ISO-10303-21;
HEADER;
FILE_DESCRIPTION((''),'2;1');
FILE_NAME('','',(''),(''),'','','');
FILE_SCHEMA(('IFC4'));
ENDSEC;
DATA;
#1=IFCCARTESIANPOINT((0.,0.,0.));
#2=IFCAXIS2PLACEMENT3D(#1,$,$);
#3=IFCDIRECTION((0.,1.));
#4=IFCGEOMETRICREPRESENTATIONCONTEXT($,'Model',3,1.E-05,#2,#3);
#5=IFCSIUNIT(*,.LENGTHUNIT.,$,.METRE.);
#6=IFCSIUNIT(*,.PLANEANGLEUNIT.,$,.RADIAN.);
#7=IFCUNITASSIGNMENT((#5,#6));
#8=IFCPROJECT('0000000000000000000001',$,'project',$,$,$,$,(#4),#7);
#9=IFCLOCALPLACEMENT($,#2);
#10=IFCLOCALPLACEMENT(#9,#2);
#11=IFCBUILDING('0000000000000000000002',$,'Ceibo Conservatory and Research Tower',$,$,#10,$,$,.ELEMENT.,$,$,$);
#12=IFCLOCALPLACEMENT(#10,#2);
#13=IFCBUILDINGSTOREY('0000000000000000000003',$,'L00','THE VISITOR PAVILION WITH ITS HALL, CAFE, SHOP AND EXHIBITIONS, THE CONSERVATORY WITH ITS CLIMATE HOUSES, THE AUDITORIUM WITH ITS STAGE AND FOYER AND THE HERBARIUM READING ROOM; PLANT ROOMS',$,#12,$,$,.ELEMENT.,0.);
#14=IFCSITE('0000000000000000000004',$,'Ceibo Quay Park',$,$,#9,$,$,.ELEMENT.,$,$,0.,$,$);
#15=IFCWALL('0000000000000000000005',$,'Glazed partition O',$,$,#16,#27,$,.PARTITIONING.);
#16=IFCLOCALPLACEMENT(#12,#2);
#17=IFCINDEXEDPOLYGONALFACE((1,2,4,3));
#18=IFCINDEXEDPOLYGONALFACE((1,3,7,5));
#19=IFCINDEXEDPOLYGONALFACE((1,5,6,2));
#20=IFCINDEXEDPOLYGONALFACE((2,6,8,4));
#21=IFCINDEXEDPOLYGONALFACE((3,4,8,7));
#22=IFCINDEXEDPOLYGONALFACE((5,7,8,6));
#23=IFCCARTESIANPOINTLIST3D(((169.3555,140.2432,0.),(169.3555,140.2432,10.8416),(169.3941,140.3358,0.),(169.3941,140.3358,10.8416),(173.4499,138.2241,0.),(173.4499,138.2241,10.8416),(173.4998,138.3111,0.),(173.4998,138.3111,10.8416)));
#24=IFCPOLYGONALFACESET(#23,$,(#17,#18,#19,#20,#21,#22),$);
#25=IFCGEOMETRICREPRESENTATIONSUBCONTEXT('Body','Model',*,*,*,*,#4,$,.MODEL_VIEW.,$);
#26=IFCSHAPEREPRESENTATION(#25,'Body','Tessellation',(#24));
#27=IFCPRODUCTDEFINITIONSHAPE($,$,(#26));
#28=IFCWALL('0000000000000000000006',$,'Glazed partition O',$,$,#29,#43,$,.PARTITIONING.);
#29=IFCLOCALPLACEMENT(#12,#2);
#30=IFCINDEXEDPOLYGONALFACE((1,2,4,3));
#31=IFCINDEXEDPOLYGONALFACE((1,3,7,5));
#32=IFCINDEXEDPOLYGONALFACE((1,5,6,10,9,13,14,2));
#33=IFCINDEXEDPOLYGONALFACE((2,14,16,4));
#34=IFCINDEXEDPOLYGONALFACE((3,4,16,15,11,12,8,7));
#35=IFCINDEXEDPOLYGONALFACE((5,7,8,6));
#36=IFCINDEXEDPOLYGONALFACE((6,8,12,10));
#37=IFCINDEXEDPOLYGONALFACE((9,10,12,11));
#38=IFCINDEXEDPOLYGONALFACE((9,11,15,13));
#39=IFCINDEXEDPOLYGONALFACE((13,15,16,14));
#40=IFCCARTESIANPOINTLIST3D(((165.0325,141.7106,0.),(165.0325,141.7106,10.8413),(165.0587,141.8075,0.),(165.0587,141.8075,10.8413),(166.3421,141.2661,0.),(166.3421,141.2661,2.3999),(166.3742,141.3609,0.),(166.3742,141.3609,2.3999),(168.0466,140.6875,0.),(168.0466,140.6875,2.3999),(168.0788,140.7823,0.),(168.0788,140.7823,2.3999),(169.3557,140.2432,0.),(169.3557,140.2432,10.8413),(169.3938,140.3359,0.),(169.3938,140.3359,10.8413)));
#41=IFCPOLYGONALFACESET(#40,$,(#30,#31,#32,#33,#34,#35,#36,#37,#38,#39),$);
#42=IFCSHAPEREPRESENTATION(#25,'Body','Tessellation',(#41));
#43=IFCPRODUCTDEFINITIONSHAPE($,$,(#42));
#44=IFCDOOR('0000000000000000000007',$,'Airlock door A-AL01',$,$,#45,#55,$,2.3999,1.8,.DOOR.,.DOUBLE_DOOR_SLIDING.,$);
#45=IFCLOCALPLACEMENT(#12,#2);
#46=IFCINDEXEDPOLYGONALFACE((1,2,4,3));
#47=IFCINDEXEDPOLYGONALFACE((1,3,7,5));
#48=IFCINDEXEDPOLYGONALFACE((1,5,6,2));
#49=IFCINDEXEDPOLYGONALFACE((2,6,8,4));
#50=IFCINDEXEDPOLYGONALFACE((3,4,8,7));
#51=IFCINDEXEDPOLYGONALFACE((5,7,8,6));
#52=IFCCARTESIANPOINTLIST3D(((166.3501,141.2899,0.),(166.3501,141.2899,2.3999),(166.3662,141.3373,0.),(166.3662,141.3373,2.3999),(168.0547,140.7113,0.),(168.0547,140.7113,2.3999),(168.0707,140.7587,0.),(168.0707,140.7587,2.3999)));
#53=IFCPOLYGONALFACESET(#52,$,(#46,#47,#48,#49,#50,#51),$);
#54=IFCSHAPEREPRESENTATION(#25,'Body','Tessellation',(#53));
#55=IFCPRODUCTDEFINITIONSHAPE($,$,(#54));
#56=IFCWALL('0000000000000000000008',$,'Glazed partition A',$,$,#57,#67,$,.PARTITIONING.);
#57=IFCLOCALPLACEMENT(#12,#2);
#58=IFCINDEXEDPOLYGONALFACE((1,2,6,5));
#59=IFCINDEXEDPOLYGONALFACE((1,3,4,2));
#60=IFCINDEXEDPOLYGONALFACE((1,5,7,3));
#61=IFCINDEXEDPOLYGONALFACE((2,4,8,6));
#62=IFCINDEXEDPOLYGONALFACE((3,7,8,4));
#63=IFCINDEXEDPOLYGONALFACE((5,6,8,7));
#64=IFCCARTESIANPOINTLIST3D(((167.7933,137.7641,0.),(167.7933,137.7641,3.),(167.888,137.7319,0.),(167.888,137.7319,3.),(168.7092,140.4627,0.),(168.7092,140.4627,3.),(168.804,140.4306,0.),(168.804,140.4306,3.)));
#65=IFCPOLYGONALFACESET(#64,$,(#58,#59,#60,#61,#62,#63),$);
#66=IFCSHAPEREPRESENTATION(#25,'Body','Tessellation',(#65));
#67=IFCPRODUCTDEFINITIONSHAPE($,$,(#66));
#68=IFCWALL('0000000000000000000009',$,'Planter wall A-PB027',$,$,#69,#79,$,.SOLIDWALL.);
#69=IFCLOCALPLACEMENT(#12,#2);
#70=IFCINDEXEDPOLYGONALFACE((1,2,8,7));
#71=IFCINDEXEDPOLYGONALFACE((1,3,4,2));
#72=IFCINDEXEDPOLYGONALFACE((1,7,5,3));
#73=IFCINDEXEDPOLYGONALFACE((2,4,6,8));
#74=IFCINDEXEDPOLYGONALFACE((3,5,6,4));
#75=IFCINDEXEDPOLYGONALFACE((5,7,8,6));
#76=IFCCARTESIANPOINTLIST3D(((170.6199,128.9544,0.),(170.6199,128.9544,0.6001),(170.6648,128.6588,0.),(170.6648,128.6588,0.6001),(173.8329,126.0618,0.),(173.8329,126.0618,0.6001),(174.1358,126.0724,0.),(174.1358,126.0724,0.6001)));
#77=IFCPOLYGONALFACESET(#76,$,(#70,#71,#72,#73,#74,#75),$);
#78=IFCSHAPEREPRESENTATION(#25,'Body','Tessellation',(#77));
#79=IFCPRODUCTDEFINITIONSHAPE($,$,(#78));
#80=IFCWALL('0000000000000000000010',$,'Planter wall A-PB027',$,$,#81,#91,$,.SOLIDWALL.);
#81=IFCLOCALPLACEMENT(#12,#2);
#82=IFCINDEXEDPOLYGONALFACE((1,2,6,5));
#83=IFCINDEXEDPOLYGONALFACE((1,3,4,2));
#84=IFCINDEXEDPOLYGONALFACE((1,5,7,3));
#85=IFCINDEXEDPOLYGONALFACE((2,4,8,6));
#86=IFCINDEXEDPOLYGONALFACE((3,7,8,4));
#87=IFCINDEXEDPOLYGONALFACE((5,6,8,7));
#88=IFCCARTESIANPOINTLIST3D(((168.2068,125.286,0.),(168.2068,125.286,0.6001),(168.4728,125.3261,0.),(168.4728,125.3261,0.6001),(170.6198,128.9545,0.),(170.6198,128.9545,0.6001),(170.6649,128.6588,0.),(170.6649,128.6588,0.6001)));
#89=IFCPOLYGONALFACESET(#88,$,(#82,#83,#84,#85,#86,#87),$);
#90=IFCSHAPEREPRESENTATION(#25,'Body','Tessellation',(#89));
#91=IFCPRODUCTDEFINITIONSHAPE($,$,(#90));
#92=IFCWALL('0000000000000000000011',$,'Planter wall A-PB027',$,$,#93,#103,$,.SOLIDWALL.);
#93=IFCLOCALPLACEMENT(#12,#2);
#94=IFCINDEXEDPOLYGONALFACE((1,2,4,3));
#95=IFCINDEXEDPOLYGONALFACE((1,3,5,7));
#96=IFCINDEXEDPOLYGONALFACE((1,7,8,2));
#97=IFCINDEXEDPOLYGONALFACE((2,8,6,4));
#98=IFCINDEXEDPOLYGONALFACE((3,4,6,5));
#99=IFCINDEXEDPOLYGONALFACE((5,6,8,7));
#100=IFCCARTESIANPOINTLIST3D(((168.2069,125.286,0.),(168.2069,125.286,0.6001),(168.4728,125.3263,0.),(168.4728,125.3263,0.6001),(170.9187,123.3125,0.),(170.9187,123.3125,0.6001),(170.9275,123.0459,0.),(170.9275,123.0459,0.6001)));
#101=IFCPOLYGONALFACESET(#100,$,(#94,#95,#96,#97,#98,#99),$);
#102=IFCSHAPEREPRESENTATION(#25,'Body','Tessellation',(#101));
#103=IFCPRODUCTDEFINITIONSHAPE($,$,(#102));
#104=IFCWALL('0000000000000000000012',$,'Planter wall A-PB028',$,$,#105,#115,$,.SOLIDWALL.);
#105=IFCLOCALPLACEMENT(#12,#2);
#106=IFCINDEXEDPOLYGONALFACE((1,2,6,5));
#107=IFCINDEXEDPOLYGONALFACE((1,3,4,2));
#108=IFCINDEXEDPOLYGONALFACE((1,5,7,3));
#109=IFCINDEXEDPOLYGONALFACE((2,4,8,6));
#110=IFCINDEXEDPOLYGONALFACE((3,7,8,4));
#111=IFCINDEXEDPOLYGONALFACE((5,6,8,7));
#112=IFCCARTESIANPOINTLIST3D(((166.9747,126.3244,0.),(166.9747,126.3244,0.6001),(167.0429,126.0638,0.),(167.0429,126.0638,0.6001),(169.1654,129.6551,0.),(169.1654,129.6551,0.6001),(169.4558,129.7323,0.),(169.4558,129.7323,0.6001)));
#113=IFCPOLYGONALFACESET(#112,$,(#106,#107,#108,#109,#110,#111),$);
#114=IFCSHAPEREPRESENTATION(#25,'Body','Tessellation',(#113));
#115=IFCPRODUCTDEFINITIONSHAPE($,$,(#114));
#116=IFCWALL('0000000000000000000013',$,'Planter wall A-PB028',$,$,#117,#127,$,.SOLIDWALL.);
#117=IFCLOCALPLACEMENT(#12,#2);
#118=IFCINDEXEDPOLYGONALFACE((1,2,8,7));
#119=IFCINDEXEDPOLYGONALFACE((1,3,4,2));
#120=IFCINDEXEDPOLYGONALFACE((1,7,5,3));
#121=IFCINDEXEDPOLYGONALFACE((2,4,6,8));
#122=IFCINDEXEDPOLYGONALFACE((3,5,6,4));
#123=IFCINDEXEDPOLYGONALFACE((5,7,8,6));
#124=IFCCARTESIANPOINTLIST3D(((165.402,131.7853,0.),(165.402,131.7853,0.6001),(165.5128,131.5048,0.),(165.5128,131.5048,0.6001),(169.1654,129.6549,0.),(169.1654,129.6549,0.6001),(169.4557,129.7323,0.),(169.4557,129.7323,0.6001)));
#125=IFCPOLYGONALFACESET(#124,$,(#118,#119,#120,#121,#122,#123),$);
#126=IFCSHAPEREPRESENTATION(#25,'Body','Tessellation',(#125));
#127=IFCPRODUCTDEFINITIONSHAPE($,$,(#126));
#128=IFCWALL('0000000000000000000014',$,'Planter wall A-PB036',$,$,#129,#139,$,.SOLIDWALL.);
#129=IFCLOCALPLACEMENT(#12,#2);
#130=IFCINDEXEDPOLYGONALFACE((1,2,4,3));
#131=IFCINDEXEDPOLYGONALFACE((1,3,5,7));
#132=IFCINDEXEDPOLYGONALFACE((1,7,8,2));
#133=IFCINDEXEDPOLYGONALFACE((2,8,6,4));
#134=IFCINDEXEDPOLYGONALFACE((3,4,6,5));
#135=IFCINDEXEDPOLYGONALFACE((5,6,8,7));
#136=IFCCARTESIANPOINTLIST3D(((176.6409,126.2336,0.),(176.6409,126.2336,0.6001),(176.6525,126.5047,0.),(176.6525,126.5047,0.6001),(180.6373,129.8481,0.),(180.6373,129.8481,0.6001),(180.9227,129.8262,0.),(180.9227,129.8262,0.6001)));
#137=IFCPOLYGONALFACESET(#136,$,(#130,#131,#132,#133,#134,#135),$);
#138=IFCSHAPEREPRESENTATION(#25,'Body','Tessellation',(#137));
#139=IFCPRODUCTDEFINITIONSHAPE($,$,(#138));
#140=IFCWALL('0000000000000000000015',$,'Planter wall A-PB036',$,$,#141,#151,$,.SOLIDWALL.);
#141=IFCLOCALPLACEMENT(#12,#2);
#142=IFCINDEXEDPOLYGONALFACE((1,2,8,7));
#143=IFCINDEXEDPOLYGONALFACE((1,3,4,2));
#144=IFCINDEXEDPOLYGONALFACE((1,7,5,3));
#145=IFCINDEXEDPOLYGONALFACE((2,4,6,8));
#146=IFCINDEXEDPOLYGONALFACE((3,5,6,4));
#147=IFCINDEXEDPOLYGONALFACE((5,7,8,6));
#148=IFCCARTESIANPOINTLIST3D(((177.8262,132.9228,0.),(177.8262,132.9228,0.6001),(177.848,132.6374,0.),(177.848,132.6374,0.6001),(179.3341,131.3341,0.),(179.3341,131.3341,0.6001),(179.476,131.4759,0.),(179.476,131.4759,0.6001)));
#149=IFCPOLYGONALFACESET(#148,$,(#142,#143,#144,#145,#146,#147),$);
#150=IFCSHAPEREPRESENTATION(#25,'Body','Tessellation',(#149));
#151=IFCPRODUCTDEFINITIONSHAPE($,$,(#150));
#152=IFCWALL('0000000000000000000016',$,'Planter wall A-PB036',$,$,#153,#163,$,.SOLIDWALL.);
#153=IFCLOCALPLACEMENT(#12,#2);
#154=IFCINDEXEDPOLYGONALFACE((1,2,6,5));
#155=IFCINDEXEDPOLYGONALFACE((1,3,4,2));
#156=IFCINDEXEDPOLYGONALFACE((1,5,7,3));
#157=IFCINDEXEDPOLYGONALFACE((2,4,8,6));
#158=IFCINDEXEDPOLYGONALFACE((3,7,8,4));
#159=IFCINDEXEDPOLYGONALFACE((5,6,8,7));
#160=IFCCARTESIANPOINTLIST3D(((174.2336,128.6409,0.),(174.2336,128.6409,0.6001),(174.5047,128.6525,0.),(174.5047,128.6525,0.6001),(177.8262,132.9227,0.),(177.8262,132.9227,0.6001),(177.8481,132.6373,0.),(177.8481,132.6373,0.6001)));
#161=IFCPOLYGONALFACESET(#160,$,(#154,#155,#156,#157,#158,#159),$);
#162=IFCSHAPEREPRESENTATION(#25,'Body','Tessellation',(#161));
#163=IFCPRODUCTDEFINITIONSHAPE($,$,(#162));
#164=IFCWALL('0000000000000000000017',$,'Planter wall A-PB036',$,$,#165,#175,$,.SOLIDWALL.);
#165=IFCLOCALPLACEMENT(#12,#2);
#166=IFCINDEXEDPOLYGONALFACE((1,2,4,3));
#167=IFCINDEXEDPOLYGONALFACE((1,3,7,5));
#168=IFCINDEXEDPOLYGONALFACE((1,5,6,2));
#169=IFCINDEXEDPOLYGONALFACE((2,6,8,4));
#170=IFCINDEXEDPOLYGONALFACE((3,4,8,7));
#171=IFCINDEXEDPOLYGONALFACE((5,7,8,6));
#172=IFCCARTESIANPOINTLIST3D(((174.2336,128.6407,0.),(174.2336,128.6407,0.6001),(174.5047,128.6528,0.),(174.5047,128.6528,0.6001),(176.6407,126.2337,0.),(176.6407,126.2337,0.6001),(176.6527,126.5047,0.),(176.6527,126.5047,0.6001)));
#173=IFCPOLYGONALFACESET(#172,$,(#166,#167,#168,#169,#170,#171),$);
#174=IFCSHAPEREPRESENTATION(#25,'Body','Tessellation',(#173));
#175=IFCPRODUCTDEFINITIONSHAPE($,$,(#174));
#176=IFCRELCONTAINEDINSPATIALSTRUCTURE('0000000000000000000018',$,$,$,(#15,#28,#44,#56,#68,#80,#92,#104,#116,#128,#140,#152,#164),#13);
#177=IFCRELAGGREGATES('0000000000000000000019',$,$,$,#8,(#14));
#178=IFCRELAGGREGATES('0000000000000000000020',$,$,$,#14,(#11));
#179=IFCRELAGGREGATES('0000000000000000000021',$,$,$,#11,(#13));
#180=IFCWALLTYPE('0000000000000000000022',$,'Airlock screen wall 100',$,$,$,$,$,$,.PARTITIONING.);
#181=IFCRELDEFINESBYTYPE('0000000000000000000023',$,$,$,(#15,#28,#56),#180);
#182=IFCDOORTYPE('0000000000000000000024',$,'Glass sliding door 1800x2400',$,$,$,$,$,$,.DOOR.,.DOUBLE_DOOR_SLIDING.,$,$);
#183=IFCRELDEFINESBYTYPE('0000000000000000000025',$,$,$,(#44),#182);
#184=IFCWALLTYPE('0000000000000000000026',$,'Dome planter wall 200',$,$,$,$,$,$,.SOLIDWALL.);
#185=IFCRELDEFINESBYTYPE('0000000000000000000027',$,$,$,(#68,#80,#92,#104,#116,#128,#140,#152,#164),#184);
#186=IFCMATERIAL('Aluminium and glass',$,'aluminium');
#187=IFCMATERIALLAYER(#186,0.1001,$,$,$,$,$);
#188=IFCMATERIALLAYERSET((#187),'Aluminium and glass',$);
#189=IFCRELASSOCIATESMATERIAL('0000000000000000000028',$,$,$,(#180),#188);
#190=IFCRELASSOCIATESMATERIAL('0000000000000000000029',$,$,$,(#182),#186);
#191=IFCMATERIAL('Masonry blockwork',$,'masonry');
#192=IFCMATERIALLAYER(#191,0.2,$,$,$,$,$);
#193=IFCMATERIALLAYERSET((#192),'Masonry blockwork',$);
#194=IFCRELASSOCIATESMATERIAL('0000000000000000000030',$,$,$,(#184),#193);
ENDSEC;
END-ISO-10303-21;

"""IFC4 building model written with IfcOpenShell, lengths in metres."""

from ifc_helpers import new_model, si_unit, direction, frame, frame_2d, origin, place, context, subcontext, project, spatial, polyline, rectangle, outline, extrude, material, layer, layer_set, type_object, element, fill, save


model = new_model("IFC4")

# Units and contexts
model_context = context("Model", 3, precision=1e-05, world=origin(), true_north=direction((0.0, 1.0)))
body_context = subcontext(model_context, "Body", "Model", "MODEL_VIEW")
ifc_project = project(units=[si_unit("LENGTHUNIT", "METRE"), si_unit("PLANEANGLEUNIT", "RADIAN")], contexts=[model_context])

# Site, building, storey
site_placement = place(None, origin())
site = spatial("IfcSite", under=ifc_project, at=site_placement, Name="Ceibo Quay Park", CompositionType="ELEMENT", RefElevation=0.0)
building_placement = place(site_placement, origin())
building = spatial("IfcBuilding", under=site, at=building_placement, Name="Ceibo Conservatory and Research Tower", CompositionType="ELEMENT")
storey_placement = place(building_placement, origin())
storey = spatial("IfcBuildingStorey", under=building, at=storey_placement, Name="L00", Description="THE VISITOR PAVILION WITH ITS HALL, CAFE, SHOP AND EXHIBITIONS, THE CONSERVATORY WITH ITS CLIMATE HOUSES, THE AUDITORIUM WITH ITS STAGE AND FOYER AND THE HERBARIUM READING ROOM; PLANT ROOMS", CompositionType="ELEMENT", Elevation=0.0)

# Shared definitions
ifc_material_1 = material(Name="Aluminium and glass", Category="aluminium")

# Wall
ifc_layer_1 = layer(ifc_material_1, 0.1001)
ifc_layer_set_1 = layer_set([ifc_layer_1], Name="Aluminium and glass")
wall_type_1 = type_object("IfcWallType", Name="Airlock screen wall 100", PredefinedType="PARTITIONING", material=ifc_layer_set_1)
wall_1_placement = place(storey_placement, frame((173.4749, 138.2676, 0.0), z_axis=(0.0, 0.0, 1.0), x_axis=(-0.89687, 0.442294, 0.0)))
element("IfcWall", 1, at=wall_1_placement, inside=storey, type_object=wall_type_1, Name="Glazed partition O", PredefinedType="PARTITIONING", context=body_context, shape_type="SweptSolid", body=[
    extrude(outline(polyline([(-0.0032, -0.05), (4.5747, -0.05), (4.5684, 0.05), (0.0032, 0.05), (-0.0032, -0.05)])), origin(), (0.0, 0.0, 1.0), 10.8416),
])

# Wall, opening, door
wall_2_placement = place(storey_placement, frame((169.3748, 140.2896, 0.0), z_axis=(0.0, 0.0, 1.0), x_axis=(-0.946933, 0.32143, 0.0)))
wall_2 = element("IfcWall", 2, at=wall_2_placement, inside=storey, type_object=wall_type_1, Name="Glazed partition O", PredefinedType="PARTITIONING", context=body_context, shape_type="SweptSolid", body=[
    extrude(outline(polyline([(-0.0032, -0.05), (4.575, -0.05), (4.5686, 0.05), (0.0032, 0.05), (-0.0032, -0.05)])), origin(), (0.0, 0.0, 1.0), 10.8413),
])
opening_1_placement = place(wall_2_placement, frame((1.3857, 0.0, 0.0)))
opening_1 = element("IfcOpeningElement", 3, at=opening_1_placement, cuts=wall_2, PredefinedType="OPENING", context=body_context, shape_type="SweptSolid", body=[
    extrude(rectangle(XDim=1.8, YDim=2.3999, at=frame_2d((0.8999, 1.2))), frame((0.0, 0.0601, 0.0), z_axis=(0.0, -1.0, 0.0), x_axis=(1.0, 0.0, 0.0)), (0.0, 0.0, 1.0), 0.1201),
])
door_type = type_object("IfcDoorType", Name="Glass sliding door 1800x2400", OperationType="DOUBLE_DOOR_SLIDING", PredefinedType="DOOR", material=ifc_material_1)
door_1_placement = place(opening_1_placement, origin())
door_1 = element("IfcDoor", 4, at=door_1_placement, inside=storey, type_object=door_type, Name="Airlock door A-AL01", OperationType="DOUBLE_DOOR_SLIDING", OverallHeight=2.3999, OverallWidth=1.8, PredefinedType="DOOR", context=body_context, shape_type="SweptSolid", body=[
    extrude(rectangle(XDim=1.8, YDim=2.3999, at=frame_2d((0.8999, 1.2))), frame((0.0, 0.0249, 0.0), z_axis=(0.0, -1.0, 0.0), x_axis=(1.0, 0.0, 0.0)), (0.0, 0.0, 1.0), 0.05),
])
fill(opening_1, door_1)

# Wall
wall_3_placement = place(storey_placement, frame((168.7566, 140.4465, 0.0), z_axis=(0.0, 0.0, 1.0), x_axis=(-0.321414, -0.946939, 0.0)))
element("IfcWall", 5, at=wall_3_placement, inside=storey, type_object=wall_type_1, Name="Glazed partition A", PredefinedType="PARTITIONING", context=body_context, shape_type="SweptSolid", body=[
    extrude(rectangle(XDim=2.8499, YDim=0.1001, at=frame_2d((1.4248, 0.0))), origin(), (0.0, 0.0, 1.0), 3.0),
])

# Walls
ifc_material_2 = material(Name="Masonry blockwork", Category="masonry")
ifc_layer_2 = layer(ifc_material_2, 0.2)
ifc_layer_set_2 = layer_set([ifc_layer_2], Name="Masonry blockwork")
wall_type_2 = type_object("IfcWallType", Name="Dome planter wall 200", PredefinedType="SOLIDWALL", material=ifc_layer_set_2)
wall_4_placement = place(storey_placement, frame((173.9844, 126.0671, 0.0), z_axis=(0.0, 0.0, 1.0), x_axis=(-0.773378, 0.633945, 0.0)))
element("IfcWall", 6, at=wall_4_placement, inside=storey, type_object=wall_type_2, Name="Planter wall A-PB027", PredefinedType="SOLIDWALL", context=body_context, shape_type="SweptSolid", body=[
    extrude(outline(polyline([(-0.1138, -0.1001), (4.4324, -0.1001), (4.2102, 0.1001), (0.1138, 0.1001), (-0.1138, -0.1001)])), origin(), (0.0, 0.0, 1.0), 0.6001),
])
wall_5_placement = place(storey_placement, frame((170.6423, 128.8066, 0.0), z_axis=(0.0, 0.0, 1.0), x_axis=(-0.549539, -0.835468, 0.0)))
element("IfcWall", 7, at=wall_5_placement, inside=storey, type_object=wall_type_2, Name="Planter wall A-PB027", PredefinedType="SOLIDWALL", context=body_context, shape_type="SweptSolid", body=[
    extrude(outline(polyline([(-0.1111, -0.1001), (4.2798, -0.1001), (4.1001, 0.1001), (0.1111, 0.1001), (-0.1111, -0.1001)])), origin(), (0.0, 0.0, 1.0), 0.6001),
])
wall_6_placement = place(storey_placement, frame((168.3398, 125.3062, 0.0), z_axis=(0.0, 0.0, 1.0), x_axis=(0.771993, -0.635631, 0.0)))
element("IfcWall", 8, at=wall_6_placement, inside=storey, type_object=wall_type_2, Name="Planter wall A-PB027", PredefinedType="SOLIDWALL", context=body_context, shape_type="SweptSolid", body=[
    extrude(outline(polyline([(-0.0898, -0.1001), (3.4343, -0.1001), (3.2581, 0.1001), (0.0898, 0.1001), (-0.0898, -0.1001)])), origin(), (0.0, 0.0, 1.0), 0.6001),
])
wall_7_placement = place(storey_placement, frame((167.0088, 126.1941, 0.0), z_axis=(0.0, 0.0, 1.0), x_axis=(0.549524, 0.835478, 0.0)))
element("IfcWall", 9, at=wall_7_placement, inside=storey, type_object=wall_type_2, Name="Planter wall A-PB028", PredefinedType="SOLIDWALL", context=body_context, shape_type="SweptSolid", body=[
    extrude(outline(polyline([(-0.0901, -0.1001), (4.3008, -0.1001), (4.0767, 0.1001), (0.0901, 0.1001), (-0.0901, -0.1001)])), origin(), (0.0, 0.0, 1.0), 0.6001),
])
wall_8_placement = place(storey_placement, frame((169.3105, 129.6936, 0.0), z_axis=(0.0, 0.0, 1.0), x_axis=(-0.892109, 0.45182, 0.0)))
element("IfcWall", 10, at=wall_8_placement, inside=storey, type_object=wall_type_2, Name="Planter wall A-PB028", PredefinedType="SOLIDWALL", context=body_context, shape_type="SweptSolid", body=[
    extrude(outline(polyline([(-0.1121, -0.1001), (4.4319, -0.1001), (4.2063, 0.1001), (0.1121, 0.1001), (-0.1121, -0.1001)])), origin(), (0.0, 0.0, 1.0), 0.6001),
])
wall_9_placement = place(storey_placement, frame((176.6467, 126.3691, 0.0), z_axis=(0.0, 0.0, 1.0), x_axis=(0.766066, 0.642762, 0.0)))
element("IfcWall", 11, at=wall_9_placement, inside=storey, type_object=wall_type_2, Name="Planter wall A-PB036", PredefinedType="SOLIDWALL", context=body_context, shape_type="SweptSolid", body=[
    extrude(outline(polyline([(-0.0916, -0.1001), (5.4978, -0.1001), (5.2932, 0.1001), (0.0916, 0.1001), (-0.0916, -0.1001)])), origin(), (0.0, 0.0, 1.0), 0.6001),
])
wall_10_placement = place(storey_placement, frame((179.405, 131.405, 0.0), z_axis=(0.0, 0.0, 1.0), x_axis=(-0.751836, 0.65935, 0.0)))
element("IfcWall", 12, at=wall_10_placement, inside=storey, type_object=wall_type_2, Name="Planter wall A-PB036", PredefinedType="SOLIDWALL", context=body_context, shape_type="SweptSolid", body=[
    extrude(outline(polyline([(-0.0066, -0.1001), (2.1877, -0.1001), (1.9832, 0.1001), (0.0066, 0.1001), (-0.0066, -0.1001)])), origin(), (0.0, 0.0, 1.0), 0.6001),
])
wall_11_placement = place(storey_placement, frame((177.8372, 132.78, 0.0), z_axis=(0.0, 0.0, 1.0), x_axis=(-0.642762, -0.766066, 0.0)))
element("IfcWall", 13, at=wall_11_placement, inside=storey, type_object=wall_type_2, Name="Planter wall A-PB036", PredefinedType="SOLIDWALL", context=body_context, shape_type="SweptSolid", body=[
    extrude(outline(polyline([(-0.1023, -0.1001), (5.4871, -0.1001), (5.304, 0.1001), (0.1023, 0.1001), (-0.1023, -0.1001)])), origin(), (0.0, 0.0, 1.0), 0.6001),
])
wall_12_placement = place(storey_placement, frame((174.3691, 128.6467, 0.0), z_axis=(0.0, 0.0, 1.0), x_axis=(0.707107, -0.707107, 0.0)))
element("IfcWall", 14, at=wall_12_placement, inside=storey, type_object=wall_type_2, Name="Planter wall A-PB036", PredefinedType="SOLIDWALL", context=body_context, shape_type="SweptSolid", body=[
    extrude(outline(polyline([(-0.0916, -0.1001), (3.3125, -0.1001), (3.1294, 0.1001), (0.0916, 0.1001), (-0.0916, -0.1001)])), origin(), (0.0, 0.0, 1.0), 0.6001),
])

save(model, "model.ifc")
